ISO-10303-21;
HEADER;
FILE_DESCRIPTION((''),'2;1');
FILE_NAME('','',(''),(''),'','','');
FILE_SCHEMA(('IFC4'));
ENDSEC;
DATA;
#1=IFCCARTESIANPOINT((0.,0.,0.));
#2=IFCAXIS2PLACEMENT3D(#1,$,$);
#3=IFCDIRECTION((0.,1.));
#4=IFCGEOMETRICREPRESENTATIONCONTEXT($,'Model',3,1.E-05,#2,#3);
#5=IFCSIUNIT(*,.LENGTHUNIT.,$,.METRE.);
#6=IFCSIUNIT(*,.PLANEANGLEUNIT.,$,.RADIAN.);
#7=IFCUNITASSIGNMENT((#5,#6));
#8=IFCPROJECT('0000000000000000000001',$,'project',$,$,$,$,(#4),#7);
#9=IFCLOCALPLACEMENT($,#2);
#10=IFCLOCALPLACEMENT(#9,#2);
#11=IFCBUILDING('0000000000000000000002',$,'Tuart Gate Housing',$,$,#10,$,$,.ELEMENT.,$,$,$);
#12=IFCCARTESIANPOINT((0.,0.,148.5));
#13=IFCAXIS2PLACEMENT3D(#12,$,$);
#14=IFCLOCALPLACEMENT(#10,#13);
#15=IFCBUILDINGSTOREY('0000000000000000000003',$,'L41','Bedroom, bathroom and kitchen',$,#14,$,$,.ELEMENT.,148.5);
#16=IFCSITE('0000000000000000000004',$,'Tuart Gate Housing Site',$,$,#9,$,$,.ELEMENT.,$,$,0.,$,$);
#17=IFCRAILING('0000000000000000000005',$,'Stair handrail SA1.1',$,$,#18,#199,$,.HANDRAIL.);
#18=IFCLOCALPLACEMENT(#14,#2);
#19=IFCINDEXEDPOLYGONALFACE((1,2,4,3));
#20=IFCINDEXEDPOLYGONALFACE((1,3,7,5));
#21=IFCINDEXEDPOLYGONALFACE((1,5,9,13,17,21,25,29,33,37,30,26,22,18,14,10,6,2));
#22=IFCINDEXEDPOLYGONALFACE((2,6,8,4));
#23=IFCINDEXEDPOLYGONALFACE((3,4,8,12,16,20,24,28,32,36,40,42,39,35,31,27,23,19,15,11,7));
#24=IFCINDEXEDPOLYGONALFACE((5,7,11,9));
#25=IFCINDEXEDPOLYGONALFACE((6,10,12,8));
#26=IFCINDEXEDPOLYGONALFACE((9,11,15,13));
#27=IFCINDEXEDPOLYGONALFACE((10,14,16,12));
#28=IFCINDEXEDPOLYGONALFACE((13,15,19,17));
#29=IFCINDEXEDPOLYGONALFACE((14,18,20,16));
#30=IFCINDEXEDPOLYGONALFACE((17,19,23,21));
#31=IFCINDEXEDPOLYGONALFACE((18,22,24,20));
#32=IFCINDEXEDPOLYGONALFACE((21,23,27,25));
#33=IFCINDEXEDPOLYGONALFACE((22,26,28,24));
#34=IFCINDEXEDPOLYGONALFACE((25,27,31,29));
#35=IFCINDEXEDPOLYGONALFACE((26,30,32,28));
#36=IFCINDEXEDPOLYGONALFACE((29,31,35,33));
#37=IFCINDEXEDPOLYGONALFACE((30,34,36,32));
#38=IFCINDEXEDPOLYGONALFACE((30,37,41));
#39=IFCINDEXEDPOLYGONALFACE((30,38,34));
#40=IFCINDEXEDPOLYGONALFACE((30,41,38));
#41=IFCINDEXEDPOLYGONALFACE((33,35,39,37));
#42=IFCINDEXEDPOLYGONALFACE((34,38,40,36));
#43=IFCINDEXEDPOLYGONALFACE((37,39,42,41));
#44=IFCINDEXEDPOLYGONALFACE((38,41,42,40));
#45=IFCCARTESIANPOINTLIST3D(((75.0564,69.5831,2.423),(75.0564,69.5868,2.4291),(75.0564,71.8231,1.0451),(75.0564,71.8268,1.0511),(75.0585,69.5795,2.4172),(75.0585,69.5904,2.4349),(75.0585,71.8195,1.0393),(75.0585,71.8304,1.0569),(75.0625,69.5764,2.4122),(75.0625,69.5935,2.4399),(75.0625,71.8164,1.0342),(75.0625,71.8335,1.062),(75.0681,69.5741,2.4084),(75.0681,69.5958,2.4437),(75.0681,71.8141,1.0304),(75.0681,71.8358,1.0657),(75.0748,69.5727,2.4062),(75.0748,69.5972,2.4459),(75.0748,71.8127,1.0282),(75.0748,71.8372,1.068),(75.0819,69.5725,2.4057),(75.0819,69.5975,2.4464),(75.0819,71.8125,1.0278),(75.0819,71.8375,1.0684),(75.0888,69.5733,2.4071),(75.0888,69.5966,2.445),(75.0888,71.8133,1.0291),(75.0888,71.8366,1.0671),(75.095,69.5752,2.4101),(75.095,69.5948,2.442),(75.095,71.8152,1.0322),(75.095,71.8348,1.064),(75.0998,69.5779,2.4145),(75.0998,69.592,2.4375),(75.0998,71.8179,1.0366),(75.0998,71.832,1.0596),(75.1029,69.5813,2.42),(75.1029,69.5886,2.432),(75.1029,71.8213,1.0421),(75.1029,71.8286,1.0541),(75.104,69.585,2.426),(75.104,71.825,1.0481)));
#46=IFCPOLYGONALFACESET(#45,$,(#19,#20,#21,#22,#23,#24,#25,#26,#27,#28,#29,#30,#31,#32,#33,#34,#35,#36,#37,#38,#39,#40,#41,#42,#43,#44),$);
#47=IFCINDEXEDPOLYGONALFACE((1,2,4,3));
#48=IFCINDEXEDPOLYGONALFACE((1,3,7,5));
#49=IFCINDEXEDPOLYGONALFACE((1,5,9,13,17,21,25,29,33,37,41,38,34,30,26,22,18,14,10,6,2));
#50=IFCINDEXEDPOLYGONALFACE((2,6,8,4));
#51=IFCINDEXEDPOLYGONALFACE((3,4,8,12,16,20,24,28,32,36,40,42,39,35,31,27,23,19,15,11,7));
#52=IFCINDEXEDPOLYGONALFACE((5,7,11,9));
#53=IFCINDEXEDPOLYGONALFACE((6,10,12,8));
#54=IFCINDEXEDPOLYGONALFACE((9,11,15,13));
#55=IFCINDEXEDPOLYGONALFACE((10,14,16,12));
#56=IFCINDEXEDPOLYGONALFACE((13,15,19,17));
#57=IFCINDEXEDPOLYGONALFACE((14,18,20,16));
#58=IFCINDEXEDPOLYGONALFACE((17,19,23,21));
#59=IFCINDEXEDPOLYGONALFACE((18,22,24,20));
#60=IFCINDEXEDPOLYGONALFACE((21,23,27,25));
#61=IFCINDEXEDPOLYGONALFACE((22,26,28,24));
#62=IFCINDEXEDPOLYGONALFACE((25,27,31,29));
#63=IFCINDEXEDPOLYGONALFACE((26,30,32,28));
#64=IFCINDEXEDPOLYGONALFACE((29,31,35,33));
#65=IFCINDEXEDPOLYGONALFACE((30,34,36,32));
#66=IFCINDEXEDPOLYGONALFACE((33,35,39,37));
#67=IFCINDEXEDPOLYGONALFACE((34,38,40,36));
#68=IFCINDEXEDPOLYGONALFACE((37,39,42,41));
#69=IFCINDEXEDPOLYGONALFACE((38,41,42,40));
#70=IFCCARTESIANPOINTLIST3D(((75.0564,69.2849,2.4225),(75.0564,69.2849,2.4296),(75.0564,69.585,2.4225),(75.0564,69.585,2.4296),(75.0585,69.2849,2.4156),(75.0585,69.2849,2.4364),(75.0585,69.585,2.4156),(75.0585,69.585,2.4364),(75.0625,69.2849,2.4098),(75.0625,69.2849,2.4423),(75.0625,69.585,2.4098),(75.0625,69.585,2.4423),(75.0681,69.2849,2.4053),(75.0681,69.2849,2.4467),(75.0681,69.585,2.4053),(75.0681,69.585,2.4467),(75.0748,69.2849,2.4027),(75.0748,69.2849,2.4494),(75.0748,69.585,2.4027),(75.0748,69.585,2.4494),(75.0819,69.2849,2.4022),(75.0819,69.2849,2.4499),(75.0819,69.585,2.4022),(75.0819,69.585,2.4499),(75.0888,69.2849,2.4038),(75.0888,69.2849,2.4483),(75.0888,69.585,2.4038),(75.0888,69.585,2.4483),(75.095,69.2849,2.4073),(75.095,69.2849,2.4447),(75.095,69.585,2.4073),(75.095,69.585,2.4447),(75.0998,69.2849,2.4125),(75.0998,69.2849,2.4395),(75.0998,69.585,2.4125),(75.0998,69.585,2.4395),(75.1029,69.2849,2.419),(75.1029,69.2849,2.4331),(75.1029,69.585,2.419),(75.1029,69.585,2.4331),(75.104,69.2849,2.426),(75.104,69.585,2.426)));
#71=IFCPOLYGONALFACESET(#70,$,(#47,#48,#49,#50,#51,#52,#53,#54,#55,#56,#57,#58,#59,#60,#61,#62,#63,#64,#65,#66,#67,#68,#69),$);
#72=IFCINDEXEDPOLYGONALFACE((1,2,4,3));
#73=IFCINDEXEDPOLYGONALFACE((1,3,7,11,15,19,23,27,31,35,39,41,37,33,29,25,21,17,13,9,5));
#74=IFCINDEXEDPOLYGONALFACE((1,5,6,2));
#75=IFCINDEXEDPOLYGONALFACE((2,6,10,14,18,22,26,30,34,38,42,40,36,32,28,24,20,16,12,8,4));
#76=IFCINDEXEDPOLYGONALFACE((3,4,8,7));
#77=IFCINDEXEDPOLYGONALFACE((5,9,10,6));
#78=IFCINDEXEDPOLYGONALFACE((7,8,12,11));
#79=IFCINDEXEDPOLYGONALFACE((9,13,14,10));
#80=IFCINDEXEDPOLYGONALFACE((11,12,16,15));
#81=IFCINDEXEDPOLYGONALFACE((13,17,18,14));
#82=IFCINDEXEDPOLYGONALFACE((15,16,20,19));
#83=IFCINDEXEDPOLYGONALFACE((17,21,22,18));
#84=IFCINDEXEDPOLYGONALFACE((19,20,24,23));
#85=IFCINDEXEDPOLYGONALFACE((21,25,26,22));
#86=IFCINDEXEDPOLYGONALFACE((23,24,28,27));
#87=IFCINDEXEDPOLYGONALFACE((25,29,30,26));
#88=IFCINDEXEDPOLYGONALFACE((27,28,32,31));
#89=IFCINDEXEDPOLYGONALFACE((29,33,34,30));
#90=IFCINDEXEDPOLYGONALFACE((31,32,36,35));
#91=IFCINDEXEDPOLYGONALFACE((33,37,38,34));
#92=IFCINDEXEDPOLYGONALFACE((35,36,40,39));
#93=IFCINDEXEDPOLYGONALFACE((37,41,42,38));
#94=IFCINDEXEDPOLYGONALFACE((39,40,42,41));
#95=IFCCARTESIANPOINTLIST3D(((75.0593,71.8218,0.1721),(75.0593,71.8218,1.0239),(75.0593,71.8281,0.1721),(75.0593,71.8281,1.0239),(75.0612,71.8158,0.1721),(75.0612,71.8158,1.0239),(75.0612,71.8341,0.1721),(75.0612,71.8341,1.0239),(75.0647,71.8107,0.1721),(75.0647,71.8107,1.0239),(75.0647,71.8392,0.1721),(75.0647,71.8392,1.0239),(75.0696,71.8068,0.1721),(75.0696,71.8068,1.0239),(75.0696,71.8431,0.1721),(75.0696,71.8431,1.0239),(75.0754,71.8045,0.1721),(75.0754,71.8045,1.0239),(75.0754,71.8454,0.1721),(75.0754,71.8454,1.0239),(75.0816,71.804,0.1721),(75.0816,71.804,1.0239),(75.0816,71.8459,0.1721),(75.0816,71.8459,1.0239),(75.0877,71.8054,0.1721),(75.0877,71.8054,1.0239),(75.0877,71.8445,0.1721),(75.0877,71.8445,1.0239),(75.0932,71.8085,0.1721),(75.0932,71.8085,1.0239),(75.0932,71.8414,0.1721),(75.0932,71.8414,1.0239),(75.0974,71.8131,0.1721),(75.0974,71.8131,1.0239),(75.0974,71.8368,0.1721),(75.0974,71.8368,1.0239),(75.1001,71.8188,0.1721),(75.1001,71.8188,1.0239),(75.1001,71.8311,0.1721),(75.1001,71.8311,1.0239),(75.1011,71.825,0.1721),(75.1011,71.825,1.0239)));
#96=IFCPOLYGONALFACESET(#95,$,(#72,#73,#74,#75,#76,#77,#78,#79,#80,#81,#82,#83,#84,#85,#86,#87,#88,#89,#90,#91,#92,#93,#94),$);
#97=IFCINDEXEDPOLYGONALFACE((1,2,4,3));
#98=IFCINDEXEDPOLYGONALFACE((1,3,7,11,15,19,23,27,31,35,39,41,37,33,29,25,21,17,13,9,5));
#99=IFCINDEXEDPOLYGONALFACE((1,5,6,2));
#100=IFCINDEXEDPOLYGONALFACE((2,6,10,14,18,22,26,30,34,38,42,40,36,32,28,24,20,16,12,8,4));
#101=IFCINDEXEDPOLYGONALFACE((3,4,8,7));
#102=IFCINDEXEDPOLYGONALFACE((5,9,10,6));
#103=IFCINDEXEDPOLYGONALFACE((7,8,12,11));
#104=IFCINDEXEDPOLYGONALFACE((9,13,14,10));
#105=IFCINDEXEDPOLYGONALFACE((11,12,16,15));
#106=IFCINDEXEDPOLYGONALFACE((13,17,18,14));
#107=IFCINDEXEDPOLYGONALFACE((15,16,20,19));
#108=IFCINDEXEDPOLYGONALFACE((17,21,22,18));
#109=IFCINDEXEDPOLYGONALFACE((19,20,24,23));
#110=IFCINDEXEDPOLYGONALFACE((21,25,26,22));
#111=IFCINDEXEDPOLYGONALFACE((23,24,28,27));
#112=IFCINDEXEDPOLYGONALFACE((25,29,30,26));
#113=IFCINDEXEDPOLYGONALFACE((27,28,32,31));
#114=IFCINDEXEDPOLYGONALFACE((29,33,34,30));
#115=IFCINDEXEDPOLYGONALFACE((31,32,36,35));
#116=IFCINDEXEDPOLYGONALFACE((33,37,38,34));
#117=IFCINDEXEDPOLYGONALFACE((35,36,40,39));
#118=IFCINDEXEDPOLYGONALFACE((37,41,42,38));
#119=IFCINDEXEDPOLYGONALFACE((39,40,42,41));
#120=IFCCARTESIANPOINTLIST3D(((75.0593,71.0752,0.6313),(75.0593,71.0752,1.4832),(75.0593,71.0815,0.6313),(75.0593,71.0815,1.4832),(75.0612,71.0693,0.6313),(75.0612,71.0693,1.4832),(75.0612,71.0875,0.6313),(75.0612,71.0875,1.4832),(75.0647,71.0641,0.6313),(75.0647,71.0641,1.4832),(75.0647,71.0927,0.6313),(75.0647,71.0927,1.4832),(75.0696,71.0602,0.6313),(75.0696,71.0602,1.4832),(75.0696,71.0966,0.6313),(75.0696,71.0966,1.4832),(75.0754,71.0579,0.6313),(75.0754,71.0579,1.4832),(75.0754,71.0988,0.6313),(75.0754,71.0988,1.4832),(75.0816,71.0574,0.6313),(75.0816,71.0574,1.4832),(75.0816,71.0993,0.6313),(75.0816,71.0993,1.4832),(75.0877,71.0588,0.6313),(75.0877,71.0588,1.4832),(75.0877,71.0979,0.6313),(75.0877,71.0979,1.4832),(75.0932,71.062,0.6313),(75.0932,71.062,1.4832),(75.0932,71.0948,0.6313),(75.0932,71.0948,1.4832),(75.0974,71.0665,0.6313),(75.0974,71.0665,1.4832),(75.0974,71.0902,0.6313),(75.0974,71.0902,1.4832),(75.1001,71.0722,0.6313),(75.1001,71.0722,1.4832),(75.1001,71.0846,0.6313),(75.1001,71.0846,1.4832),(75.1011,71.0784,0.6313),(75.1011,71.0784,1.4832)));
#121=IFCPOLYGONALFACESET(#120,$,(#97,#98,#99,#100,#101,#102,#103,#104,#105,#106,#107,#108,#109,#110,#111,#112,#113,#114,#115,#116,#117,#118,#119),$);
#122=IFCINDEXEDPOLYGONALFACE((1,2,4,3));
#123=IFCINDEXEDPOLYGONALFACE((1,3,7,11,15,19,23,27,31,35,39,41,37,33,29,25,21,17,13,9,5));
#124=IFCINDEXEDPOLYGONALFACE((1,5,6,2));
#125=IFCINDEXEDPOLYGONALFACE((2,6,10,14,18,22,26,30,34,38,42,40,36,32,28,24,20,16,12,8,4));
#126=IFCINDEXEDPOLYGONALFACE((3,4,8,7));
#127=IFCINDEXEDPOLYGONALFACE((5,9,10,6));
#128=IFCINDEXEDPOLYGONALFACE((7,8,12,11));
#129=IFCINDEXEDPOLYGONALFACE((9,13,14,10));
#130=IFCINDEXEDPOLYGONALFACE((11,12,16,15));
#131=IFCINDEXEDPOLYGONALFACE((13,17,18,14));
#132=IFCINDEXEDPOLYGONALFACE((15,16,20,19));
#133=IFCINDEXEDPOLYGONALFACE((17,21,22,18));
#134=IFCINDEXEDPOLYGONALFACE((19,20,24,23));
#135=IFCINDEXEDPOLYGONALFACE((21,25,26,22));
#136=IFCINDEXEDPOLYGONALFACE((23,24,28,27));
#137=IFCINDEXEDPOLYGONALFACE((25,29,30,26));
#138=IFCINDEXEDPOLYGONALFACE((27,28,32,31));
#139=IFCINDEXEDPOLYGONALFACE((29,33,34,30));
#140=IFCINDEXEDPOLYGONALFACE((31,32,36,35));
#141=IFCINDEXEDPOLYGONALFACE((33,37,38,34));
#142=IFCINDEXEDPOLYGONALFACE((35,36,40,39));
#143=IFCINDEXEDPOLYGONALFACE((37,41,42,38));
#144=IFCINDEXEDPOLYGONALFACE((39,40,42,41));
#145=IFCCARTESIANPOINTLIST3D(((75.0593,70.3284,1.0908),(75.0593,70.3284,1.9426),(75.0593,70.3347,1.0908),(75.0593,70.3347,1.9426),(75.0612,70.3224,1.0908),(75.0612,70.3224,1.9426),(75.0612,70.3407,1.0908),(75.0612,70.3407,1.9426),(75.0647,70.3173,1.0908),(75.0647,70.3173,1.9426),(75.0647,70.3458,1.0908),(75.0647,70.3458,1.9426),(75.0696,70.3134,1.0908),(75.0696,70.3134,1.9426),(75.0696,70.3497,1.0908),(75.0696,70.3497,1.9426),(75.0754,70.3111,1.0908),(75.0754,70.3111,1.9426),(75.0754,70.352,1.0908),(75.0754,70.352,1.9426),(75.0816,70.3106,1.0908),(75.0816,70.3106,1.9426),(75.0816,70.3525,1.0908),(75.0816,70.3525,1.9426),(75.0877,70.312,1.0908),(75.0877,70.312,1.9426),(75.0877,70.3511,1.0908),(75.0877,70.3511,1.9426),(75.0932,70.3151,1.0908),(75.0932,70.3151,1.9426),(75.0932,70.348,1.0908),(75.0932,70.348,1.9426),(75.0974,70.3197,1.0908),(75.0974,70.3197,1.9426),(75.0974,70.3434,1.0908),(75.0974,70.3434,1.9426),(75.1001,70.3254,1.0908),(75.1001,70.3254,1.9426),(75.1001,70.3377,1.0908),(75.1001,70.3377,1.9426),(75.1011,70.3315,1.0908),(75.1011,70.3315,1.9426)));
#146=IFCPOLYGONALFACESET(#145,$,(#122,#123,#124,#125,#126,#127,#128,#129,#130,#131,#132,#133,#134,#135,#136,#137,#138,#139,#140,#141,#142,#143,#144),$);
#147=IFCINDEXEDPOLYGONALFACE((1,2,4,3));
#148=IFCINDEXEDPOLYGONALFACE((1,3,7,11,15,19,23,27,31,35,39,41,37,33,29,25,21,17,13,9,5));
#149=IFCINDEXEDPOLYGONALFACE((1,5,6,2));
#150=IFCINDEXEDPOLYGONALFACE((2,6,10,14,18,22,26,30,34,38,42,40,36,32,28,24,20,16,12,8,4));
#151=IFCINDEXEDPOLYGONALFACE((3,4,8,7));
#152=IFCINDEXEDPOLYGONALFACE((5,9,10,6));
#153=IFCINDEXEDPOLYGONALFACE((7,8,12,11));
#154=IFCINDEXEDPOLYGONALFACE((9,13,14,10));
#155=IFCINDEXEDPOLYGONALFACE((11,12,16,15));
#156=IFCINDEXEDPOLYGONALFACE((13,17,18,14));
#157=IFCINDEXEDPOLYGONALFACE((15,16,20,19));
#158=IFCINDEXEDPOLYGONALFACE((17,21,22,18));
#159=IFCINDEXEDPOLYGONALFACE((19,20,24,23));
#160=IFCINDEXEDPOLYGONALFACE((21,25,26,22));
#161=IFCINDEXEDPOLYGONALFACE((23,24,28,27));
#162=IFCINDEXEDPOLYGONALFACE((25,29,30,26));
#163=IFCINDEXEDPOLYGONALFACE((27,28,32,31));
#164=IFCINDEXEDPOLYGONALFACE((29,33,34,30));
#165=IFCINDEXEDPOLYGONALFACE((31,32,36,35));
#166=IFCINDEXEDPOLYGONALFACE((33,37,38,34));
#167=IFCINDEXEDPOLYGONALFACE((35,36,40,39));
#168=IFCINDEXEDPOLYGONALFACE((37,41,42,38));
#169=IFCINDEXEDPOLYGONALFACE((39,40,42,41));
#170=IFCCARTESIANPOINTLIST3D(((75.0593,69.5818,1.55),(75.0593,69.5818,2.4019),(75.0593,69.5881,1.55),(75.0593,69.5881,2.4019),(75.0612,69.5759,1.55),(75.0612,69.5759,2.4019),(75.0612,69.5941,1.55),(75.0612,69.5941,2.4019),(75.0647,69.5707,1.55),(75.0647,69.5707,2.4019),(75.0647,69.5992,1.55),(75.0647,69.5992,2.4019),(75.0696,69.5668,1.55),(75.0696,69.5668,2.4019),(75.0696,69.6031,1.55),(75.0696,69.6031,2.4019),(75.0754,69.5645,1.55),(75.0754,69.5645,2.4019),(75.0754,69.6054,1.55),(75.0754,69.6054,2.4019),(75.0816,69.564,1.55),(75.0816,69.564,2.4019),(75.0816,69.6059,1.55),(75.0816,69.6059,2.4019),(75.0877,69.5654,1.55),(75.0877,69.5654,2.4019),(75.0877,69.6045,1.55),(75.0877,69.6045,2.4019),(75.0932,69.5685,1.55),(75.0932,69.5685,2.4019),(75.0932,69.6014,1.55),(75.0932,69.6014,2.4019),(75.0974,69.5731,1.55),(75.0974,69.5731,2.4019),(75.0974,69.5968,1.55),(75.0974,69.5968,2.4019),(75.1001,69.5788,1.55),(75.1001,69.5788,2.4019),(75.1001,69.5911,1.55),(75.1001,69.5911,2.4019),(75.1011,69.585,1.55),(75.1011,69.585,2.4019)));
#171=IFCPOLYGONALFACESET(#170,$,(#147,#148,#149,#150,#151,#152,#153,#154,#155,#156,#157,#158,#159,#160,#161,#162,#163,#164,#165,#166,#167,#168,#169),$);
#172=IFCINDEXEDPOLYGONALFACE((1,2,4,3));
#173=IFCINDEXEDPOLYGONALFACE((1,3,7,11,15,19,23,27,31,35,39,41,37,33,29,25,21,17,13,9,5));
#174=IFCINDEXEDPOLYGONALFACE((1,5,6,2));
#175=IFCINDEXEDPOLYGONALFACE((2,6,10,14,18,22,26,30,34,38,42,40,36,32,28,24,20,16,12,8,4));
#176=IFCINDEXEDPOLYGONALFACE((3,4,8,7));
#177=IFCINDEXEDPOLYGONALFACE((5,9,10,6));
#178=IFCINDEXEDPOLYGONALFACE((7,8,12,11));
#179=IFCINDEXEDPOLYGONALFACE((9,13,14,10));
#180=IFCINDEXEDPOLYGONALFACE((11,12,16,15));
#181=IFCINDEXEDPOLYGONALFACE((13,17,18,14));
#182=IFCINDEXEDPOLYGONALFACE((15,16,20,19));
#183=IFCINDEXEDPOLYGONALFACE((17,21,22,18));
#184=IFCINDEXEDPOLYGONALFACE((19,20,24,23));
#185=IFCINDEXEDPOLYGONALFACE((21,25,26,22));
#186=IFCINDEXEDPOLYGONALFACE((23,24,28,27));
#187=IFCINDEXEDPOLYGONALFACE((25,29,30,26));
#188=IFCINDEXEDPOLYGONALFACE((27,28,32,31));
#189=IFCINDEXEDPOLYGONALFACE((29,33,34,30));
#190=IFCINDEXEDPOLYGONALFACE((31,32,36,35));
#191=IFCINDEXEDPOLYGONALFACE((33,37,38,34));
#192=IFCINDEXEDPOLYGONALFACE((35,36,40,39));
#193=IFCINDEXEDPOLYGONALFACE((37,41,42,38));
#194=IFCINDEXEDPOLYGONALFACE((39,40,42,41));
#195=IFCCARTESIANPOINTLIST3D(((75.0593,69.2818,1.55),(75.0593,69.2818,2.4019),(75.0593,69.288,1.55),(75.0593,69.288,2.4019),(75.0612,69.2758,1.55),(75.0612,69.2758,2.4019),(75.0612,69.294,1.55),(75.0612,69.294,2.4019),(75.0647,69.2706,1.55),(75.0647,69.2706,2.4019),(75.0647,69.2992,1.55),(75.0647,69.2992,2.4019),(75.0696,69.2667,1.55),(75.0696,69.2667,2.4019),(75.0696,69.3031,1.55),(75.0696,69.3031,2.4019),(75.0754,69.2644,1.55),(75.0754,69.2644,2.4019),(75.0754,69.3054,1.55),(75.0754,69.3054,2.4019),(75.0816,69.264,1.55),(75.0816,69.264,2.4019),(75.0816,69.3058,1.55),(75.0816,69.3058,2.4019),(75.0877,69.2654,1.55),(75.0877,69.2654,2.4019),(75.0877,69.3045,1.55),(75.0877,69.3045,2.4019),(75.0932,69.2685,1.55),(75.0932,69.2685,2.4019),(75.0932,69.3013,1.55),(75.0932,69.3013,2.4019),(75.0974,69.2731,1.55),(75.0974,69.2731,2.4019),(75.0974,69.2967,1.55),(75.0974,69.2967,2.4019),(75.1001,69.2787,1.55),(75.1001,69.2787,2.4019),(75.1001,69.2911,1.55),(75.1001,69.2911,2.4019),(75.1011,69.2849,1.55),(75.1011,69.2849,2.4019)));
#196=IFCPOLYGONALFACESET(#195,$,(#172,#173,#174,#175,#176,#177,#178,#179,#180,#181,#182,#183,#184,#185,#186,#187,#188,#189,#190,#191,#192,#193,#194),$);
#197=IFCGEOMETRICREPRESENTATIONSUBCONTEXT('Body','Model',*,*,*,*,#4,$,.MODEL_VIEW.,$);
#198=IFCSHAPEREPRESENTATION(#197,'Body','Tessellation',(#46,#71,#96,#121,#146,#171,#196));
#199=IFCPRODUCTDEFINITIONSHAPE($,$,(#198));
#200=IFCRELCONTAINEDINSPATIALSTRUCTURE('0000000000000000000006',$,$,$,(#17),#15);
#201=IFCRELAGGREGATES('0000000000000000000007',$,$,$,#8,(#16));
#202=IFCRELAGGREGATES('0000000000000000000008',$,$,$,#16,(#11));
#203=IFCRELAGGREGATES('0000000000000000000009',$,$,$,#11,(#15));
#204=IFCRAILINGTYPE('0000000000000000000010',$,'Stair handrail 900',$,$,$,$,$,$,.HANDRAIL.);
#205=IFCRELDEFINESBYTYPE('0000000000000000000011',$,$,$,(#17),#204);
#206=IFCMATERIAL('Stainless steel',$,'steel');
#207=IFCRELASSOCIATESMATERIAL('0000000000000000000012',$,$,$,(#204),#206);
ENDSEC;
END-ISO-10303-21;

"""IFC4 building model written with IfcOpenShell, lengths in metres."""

from ifc_helpers import new_model, si_unit, direction, frame, origin, origin_2d, place, context, subcontext, project, spatial, circle, extrude, material, type_object, element, save


model = new_model("IFC4")

# Units and contexts
model_context = context("Model", 3, precision=1e-05, world=origin(), true_north=direction((0.0, 1.0)))
body_context = subcontext(model_context, "Body", "Model", "MODEL_VIEW")
ifc_project = project(units=[si_unit("LENGTHUNIT", "METRE"), si_unit("PLANEANGLEUNIT", "RADIAN")], contexts=[model_context])

# Site, building, storey
site_placement = place(None, origin())
site = spatial("IfcSite", under=ifc_project, at=site_placement, Name="Tuart Gate Housing Site", CompositionType="ELEMENT", RefElevation=0.0)
building_placement = place(site_placement, origin())
building = spatial("IfcBuilding", under=site, at=building_placement, Name="Tuart Gate Housing", CompositionType="ELEMENT")
storey_placement = place(building_placement, frame((0.0, 0.0, 148.5)))
storey = spatial("IfcBuildingStorey", under=building, at=storey_placement, Name="L41", Description="Bedroom, bathroom and kitchen", CompositionType="ELEMENT", Elevation=148.5)

# Railing
ifc_material_1 = material(Name="Stainless steel", Category="steel")
railing_type = type_object("IfcRailingType", Name="Stair handrail 900", PredefinedType="HANDRAIL", material=ifc_material_1)
railing_placement = place(storey_placement, frame((75.0801, 71.825, 0.1721)))
element("IfcRailing", 1, at=railing_placement, inside=storey, type_object=railing_type, Name="Stair handrail SA1.1", PredefinedType="HANDRAIL", context=body_context, shape_type="SweptSolid", body=[
    extrude(circle(Radius=0.0239, at=origin_2d()), frame((0.0, 0.0, 0.876), z_axis=(0.0, -0.851748, 0.523952), x_axis=(1.0, 0.0, 0.0)), (0.0, 0.0, 1.0), 2.6299),
    extrude(circle(Radius=0.0239, at=origin_2d()), frame((0.0, -2.24, 2.2539), z_axis=(0.0, -1.0, 0.0), x_axis=(1.0, 0.0, 0.0)), (0.0, 0.0, 1.0), 0.3),
    extrude(circle(Radius=0.021, at=origin_2d()), origin(), (0.0, 0.0, 1.0), 0.8518),
    extrude(circle(Radius=0.021, at=origin_2d()), frame((0.0, -0.7466, 0.4592)), (0.0, 0.0, 1.0), 0.8518),
    extrude(circle(Radius=0.021, at=origin_2d()), frame((0.0, -1.4934, 0.9187)), (0.0, 0.0, 1.0), 0.8518),
    extrude(circle(Radius=0.021, at=origin_2d()), frame((0.0, -2.24, 1.3779)), (0.0, 0.0, 1.0), 0.8518),
    extrude(circle(Radius=0.021, at=origin_2d()), frame((0.0, -2.54, 1.3779)), (0.0, 0.0, 1.0), 0.8518),
])

save(model, "model.ifc")
